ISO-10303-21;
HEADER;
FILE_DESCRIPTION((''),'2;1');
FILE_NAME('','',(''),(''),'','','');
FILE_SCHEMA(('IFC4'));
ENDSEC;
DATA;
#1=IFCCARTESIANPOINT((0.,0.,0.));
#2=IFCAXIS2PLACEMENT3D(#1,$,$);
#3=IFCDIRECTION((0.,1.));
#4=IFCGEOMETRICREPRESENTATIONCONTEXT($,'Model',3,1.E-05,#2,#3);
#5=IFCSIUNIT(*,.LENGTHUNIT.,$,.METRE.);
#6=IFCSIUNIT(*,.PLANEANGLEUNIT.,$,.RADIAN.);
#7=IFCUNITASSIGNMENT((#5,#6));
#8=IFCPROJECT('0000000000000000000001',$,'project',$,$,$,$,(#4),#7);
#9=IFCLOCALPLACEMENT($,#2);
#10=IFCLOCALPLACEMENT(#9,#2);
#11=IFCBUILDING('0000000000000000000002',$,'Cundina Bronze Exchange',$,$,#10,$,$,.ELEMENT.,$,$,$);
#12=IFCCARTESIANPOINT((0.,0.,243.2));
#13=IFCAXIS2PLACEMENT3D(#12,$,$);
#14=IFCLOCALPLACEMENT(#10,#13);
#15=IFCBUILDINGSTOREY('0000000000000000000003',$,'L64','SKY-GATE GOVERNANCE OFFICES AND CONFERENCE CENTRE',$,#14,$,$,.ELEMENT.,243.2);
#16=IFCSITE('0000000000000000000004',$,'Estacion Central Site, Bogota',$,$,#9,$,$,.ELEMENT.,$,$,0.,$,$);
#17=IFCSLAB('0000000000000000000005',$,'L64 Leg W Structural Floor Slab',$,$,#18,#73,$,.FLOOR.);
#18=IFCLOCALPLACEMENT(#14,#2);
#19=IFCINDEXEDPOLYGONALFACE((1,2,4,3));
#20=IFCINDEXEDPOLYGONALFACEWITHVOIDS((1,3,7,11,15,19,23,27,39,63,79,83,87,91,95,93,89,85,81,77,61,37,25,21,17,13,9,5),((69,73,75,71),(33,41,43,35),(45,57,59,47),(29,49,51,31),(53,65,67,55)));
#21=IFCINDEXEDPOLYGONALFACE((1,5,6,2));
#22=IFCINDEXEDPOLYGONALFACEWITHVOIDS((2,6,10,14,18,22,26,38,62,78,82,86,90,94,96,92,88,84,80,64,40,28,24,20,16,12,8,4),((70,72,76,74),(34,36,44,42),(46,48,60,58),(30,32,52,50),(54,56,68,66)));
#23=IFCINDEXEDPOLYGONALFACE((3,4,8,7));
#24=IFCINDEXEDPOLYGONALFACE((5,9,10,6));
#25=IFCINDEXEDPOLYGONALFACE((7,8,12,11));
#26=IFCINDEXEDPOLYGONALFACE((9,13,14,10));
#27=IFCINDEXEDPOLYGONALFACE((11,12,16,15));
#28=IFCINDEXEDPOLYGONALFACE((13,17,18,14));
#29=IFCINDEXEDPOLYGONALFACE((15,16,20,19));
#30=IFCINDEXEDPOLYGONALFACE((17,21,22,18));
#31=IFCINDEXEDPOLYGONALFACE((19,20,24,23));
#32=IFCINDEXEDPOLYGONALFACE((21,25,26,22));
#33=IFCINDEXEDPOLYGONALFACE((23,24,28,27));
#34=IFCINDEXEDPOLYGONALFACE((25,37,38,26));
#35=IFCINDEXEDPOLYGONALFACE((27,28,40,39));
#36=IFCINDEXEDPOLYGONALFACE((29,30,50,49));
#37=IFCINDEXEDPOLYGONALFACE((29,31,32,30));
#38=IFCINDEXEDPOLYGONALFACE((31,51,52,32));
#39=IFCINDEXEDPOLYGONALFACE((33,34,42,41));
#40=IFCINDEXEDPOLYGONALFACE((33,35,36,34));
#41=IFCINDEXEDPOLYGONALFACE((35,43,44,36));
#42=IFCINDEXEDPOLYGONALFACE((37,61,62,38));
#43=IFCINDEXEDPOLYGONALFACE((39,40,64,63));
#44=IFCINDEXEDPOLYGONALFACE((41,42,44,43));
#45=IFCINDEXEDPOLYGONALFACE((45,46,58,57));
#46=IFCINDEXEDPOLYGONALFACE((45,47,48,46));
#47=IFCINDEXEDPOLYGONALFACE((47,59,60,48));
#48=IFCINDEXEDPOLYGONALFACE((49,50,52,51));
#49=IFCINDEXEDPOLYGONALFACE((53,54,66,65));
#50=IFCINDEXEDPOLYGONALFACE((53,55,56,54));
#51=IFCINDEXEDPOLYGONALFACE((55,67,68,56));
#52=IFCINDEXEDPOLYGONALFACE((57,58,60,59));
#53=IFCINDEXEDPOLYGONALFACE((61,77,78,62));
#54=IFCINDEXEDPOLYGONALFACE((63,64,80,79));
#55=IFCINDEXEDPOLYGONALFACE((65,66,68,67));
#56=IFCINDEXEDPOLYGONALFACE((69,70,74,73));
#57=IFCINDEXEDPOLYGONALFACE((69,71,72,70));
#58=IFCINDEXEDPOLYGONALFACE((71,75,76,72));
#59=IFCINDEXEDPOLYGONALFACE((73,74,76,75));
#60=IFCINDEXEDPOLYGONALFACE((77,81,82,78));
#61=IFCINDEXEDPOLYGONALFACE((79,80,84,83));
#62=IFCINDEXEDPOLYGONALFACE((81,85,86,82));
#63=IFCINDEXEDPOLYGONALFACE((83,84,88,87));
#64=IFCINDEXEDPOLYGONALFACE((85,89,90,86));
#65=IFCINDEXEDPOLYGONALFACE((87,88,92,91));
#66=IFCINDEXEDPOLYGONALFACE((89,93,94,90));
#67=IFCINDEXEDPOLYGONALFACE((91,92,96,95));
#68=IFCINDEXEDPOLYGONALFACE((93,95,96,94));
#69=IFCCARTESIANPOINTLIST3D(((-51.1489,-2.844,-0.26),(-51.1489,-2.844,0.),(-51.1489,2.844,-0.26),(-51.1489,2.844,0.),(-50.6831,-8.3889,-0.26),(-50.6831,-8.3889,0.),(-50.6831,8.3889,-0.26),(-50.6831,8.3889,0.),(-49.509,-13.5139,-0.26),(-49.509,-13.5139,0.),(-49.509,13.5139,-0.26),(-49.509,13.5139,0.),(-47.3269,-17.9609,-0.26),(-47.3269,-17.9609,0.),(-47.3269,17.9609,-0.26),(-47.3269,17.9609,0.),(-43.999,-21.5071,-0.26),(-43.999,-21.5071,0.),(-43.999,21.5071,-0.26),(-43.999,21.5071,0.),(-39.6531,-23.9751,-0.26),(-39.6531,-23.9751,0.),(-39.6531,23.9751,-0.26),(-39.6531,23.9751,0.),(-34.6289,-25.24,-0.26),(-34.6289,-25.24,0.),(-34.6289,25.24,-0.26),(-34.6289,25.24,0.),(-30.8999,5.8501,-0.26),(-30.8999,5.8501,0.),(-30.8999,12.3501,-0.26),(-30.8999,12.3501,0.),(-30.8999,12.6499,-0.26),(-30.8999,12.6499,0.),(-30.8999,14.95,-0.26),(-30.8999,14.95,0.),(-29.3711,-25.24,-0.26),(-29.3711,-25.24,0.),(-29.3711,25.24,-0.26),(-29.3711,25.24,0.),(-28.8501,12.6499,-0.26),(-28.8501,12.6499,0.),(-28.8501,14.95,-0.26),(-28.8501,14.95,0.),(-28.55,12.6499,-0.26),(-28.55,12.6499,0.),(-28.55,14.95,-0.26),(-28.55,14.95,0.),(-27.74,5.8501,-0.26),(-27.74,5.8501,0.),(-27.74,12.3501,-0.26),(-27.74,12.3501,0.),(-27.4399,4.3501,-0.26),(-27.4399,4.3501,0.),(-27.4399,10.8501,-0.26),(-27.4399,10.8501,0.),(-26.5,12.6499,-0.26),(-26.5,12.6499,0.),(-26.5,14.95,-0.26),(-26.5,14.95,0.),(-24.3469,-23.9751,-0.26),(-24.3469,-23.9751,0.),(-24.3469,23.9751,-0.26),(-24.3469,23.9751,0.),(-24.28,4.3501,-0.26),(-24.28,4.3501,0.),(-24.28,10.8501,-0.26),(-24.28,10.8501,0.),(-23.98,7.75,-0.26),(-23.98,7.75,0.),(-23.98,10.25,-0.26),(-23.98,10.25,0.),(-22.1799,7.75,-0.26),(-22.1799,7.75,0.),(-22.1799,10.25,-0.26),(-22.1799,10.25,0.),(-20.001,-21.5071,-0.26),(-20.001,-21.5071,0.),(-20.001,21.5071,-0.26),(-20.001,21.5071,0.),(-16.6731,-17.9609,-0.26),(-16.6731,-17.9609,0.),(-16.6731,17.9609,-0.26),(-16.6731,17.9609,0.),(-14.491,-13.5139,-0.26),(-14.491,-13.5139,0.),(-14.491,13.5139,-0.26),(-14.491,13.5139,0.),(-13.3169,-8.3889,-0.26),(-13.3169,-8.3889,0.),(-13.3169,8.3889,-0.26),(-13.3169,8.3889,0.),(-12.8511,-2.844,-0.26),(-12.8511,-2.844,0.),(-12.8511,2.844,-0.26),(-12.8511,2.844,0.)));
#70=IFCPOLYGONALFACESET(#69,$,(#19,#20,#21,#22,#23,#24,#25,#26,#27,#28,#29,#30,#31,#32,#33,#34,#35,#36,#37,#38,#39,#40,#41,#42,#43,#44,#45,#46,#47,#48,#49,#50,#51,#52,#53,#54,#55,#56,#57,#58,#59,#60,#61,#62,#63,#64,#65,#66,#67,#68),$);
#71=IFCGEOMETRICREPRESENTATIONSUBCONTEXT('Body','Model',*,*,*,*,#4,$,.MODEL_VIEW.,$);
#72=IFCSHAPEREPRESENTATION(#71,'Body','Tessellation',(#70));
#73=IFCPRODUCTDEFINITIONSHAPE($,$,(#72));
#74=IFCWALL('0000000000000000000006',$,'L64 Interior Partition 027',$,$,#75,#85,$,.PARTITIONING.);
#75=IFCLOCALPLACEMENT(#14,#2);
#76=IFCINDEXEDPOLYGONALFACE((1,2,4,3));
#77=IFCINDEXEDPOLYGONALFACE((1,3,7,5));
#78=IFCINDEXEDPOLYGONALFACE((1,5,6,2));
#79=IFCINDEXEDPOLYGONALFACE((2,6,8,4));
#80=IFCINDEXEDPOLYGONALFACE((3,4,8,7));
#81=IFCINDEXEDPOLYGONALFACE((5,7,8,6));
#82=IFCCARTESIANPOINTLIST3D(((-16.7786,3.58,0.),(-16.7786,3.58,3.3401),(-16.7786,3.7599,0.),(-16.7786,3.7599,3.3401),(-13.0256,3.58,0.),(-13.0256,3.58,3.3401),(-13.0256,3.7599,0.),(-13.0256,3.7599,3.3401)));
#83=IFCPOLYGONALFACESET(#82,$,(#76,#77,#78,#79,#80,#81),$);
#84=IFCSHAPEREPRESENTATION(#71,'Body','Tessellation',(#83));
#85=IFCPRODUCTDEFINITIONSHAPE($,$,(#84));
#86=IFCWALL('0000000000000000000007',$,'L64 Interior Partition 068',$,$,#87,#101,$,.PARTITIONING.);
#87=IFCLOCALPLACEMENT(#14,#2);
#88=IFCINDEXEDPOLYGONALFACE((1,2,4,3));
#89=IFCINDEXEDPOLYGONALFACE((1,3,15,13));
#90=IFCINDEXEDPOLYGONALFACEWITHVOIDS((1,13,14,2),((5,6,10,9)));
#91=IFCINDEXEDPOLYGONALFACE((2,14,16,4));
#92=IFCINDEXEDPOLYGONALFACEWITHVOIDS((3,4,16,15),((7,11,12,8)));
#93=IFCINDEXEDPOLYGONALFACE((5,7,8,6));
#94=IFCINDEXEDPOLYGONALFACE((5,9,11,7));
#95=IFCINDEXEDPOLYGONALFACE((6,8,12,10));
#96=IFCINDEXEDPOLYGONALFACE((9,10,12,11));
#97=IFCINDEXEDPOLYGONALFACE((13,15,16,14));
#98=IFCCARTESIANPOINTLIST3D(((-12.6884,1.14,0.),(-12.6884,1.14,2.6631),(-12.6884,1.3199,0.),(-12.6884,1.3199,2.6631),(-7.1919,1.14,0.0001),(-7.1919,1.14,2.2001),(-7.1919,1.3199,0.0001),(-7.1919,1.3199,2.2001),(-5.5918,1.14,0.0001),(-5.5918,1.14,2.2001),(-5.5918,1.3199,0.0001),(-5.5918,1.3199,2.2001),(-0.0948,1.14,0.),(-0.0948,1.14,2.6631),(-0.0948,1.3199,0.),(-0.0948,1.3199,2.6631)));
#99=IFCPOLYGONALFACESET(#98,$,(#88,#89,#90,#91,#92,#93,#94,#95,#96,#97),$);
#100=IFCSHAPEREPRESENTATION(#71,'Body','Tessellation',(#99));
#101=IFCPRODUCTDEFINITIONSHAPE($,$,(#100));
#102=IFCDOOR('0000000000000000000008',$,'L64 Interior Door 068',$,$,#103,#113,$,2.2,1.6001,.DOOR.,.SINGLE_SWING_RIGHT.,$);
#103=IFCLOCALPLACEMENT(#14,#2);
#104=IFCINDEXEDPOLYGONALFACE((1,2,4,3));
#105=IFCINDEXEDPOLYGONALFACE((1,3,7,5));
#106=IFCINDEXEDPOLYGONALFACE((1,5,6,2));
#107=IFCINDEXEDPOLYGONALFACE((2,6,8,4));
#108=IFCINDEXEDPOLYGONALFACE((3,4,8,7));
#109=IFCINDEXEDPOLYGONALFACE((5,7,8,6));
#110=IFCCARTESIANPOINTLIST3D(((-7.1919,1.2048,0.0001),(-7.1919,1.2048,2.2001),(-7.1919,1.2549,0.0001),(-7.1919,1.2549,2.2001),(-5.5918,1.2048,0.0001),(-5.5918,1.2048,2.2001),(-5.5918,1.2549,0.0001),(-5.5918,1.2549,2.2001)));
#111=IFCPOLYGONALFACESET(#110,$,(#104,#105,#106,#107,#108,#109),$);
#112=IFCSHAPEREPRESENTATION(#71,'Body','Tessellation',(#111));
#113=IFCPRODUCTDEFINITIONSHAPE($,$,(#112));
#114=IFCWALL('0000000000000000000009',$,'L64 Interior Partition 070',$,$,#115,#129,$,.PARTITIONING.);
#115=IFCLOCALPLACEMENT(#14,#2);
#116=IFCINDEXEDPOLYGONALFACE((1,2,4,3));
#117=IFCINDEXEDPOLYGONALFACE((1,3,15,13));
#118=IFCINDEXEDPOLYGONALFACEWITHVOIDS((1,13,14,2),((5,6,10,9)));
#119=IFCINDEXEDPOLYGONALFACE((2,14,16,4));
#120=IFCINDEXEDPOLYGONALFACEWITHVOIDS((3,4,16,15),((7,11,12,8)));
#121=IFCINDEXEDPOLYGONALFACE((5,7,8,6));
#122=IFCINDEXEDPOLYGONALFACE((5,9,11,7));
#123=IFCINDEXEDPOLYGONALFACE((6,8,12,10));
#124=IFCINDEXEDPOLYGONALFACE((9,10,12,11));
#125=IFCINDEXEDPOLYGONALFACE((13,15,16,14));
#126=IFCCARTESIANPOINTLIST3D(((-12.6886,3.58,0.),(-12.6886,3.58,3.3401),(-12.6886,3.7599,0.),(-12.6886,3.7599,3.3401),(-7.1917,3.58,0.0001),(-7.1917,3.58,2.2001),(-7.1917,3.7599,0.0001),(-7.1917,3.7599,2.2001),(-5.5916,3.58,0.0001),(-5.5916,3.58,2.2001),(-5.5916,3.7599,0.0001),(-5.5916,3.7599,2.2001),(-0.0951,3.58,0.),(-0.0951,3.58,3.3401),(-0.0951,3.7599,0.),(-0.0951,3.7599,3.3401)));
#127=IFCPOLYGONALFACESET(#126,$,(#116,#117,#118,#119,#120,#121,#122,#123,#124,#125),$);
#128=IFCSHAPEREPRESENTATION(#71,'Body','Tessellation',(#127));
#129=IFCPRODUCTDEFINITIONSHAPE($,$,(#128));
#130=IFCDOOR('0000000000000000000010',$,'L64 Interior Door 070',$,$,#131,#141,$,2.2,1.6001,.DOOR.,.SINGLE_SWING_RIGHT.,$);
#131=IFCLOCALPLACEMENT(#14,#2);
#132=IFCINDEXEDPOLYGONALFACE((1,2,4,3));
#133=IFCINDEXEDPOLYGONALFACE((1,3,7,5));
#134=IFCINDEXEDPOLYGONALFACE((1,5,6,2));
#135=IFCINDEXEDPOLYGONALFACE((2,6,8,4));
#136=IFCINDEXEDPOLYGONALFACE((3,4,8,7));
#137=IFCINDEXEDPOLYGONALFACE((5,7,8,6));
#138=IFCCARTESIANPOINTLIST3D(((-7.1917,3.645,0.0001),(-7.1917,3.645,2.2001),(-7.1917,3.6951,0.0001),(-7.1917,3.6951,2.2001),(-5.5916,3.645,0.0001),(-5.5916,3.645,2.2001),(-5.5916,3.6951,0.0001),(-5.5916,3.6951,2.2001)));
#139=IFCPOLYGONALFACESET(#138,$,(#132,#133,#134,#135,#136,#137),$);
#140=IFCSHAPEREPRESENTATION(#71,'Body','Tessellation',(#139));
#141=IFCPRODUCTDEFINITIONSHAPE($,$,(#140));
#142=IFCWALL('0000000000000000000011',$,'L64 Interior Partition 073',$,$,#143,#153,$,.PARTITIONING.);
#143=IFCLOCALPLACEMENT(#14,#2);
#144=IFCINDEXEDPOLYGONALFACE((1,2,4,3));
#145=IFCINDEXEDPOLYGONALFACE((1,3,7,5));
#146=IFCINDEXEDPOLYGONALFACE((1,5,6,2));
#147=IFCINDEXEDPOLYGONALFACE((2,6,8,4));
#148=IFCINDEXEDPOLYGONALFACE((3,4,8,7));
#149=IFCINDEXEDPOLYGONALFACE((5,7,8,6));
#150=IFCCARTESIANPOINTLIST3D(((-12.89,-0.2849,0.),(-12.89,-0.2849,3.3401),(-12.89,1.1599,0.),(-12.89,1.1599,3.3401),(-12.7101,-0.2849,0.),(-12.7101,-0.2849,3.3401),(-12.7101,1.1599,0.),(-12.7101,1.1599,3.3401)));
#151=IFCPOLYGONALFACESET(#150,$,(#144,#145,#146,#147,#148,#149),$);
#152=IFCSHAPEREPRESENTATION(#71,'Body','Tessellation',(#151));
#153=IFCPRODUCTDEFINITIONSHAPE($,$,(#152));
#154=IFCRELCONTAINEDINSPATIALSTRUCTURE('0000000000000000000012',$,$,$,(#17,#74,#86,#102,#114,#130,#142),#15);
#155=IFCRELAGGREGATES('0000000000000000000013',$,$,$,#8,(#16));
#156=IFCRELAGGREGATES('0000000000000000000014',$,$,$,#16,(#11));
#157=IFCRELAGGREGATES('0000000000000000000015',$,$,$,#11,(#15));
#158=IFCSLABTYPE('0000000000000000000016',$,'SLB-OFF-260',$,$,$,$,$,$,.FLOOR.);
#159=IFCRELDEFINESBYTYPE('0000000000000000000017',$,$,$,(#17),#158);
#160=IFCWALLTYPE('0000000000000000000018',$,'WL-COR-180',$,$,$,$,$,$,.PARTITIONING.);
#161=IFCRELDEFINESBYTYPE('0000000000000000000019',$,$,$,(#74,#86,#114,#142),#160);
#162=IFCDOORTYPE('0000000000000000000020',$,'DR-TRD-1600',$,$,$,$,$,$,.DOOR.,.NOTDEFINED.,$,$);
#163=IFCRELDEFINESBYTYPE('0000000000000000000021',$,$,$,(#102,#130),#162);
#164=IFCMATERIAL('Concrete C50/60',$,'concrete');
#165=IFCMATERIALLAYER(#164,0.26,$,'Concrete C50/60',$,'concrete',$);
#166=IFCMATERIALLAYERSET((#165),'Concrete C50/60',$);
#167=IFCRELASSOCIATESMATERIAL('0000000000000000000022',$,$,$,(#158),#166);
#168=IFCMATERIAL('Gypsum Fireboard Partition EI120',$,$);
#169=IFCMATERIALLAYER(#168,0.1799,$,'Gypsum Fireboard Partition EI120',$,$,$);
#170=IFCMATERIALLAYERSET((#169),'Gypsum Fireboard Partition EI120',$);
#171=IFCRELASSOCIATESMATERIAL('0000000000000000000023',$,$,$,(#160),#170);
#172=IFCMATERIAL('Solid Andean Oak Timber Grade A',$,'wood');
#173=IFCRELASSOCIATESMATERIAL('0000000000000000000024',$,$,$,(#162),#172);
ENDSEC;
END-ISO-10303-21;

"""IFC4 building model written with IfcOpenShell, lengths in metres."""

from ifc_helpers import new_model, si_unit, direction, frame, frame_2d, origin, place, context, subcontext, project, spatial, polyline, rectangle, outline, extrude, material, layer, layer_set, type_object, element, fill, save


model = new_model("IFC4")

# Units and contexts
model_context = context("Model", 3, precision=1e-05, world=origin(), true_north=direction((0.0, 1.0)))
body_context = subcontext(model_context, "Body", "Model", "MODEL_VIEW")
ifc_project = project(units=[si_unit("LENGTHUNIT", "METRE"), si_unit("PLANEANGLEUNIT", "RADIAN")], contexts=[model_context])

# Site, building, storey
site_placement = place(None, origin())
site = spatial("IfcSite", under=ifc_project, at=site_placement, Name="Estacion Central Site, Bogota", CompositionType="ELEMENT", RefElevation=0.0)
building_placement = place(site_placement, origin())
building = spatial("IfcBuilding", under=site, at=building_placement, Name="Cundina Bronze Exchange", CompositionType="ELEMENT")
storey_placement = place(building_placement, frame((0.0, 0.0, 243.2)))
storey = spatial("IfcBuildingStorey", under=building, at=storey_placement, Name="L64", Description="SKY-GATE GOVERNANCE OFFICES AND CONFERENCE CENTRE", CompositionType="ELEMENT", Elevation=243.2)

# Shared definitions
ifc_material_1 = material(Name="Concrete C50/60", Category="concrete")

# Slab
ifc_layer_1 = layer(ifc_material_1, 0.26, Name="Concrete C50/60", Category="concrete")
ifc_layer_set_1 = layer_set([ifc_layer_1], Name="Concrete C50/60")
slab_type = type_object("IfcSlabType", Name="SLB-OFF-260", PredefinedType="FLOOR", material=ifc_layer_set_1)
slab_placement = place(storey_placement, frame((0.0, 0.0, -0.26)))
element("IfcSlab", 1, at=slab_placement, inside=storey, type_object=slab_type, Name="L64 Leg W Structural Floor Slab", PredefinedType="FLOOR", context=body_context, shape_type="SweptSolid", body=[
    extrude(outline(polyline([(-12.8511, 2.844), (-13.3169, 8.3889), (-14.491, 13.5139), (-16.6731, 17.9609), (-20.001, 21.5071), (-24.3469, 23.9751), (-29.3711, 25.24), (-34.6289, 25.24), (-39.6531, 23.9751), (-43.999, 21.5071), (-47.3269, 17.9609), (-49.509, 13.5139), (-50.6831, 8.3889), (-51.1489, 2.844), (-51.1489, -2.844), (-50.6831, -8.3889), (-49.509, -13.5139), (-47.3269, -17.9609), (-43.999, -21.5071), (-39.6531, -23.9751), (-34.6289, -25.24), (-29.3711, -25.24), (-24.3469, -23.9751), (-20.001, -21.5071), (-16.6731, -17.9609), (-14.491, -13.5139), (-13.3169, -8.3889), (-12.8511, -2.844), (-12.8511, 2.844)]), holes=[polyline([(-27.74, 5.8501), (-27.74, 12.3501), (-30.8999, 12.3501), (-30.8999, 5.8501), (-27.74, 5.8501)]), polyline([(-27.4399, 10.8501), (-27.4399, 4.3501), (-24.28, 4.3501), (-24.28, 10.8501), (-27.4399, 10.8501)]), polyline([(-23.98, 10.25), (-22.1799, 10.25), (-22.1799, 7.75), (-23.98, 7.75), (-23.98, 10.25)]), polyline([(-30.8999, 14.95), (-28.8501, 14.95), (-28.8501, 12.6499), (-30.8999, 12.6499), (-30.8999, 14.95)]), polyline([(-28.55, 14.95), (-26.5, 14.95), (-26.5, 12.6499), (-28.55, 12.6499), (-28.55, 14.95)])]), origin(), (0.0, 0.0, 1.0), 0.26),
])

# Wall
ifc_material_2 = material(Name="Gypsum Fireboard Partition EI120")
ifc_layer_2 = layer(ifc_material_2, 0.1799, Name="Gypsum Fireboard Partition EI120")
ifc_layer_set_2 = layer_set([ifc_layer_2], Name="Gypsum Fireboard Partition EI120")
wall_type = type_object("IfcWallType", Name="WL-COR-180", PredefinedType="PARTITIONING", material=ifc_layer_set_2)
wall_1_placement = place(storey_placement, frame((-13.0256, 3.6699, 0.0), z_axis=(0.0, 0.0, 1.0), x_axis=(-1.0, 0.0, 0.0)))
element("IfcWall", 2, at=wall_1_placement, inside=storey, type_object=wall_type, Name="L64 Interior Partition 027", PredefinedType="PARTITIONING", context=body_context, shape_type="SweptSolid", body=[
    extrude(rectangle(XDim=3.7529, YDim=0.1799, at=frame_2d((1.8765, 0.0))), origin(), (0.0, 0.0, 1.0), 3.3401),
])

# Walls, openings, doors
wall_2_placement = place(storey_placement, frame((-12.6885, 1.23, 0.0), z_axis=(0.0, 0.0, 1.0), x_axis=(1.0, 0.0, 0.0)))
wall_2 = element("IfcWall", 3, at=wall_2_placement, inside=storey, type_object=wall_type, Name="L64 Interior Partition 068", PredefinedType="PARTITIONING", context=body_context, shape_type="SweptSolid", body=[
    extrude(rectangle(XDim=12.5935, YDim=0.1799, at=frame_2d((6.2969, 0.0))), origin(), (0.0, 0.0, 1.0), 2.6631),
])
opening_1_placement = place(wall_2_placement, frame((5.4966, 0.0, 0.0)))
opening_1 = element("IfcOpeningElement", 4, at=opening_1_placement, cuts=wall_2, PredefinedType="OPENING", context=body_context, shape_type="SweptSolid", body=[
    extrude(rectangle(XDim=1.6001, YDim=2.2, at=frame_2d((0.8, 1.1001))), frame((0.0, 0.0999, 0.0), z_axis=(0.0, -1.0, 0.0), x_axis=(1.0, 0.0, 0.0)), (0.0, 0.0, 1.0), 0.2),
])
ifc_material_3 = material(Name="Solid Andean Oak Timber Grade A", Category="wood")
door_type_1 = type_object("IfcDoorType", Name="DR-TRD-1600", OperationType="NOTDEFINED", PredefinedType="DOOR", material=ifc_material_3)
door_1_placement = place(opening_1_placement, origin())
door_1 = element("IfcDoor", 5, at=door_1_placement, inside=storey, type_object=door_type_1, Name="L64 Interior Door 068", OperationType="SINGLE_SWING_RIGHT", OverallHeight=2.2, OverallWidth=1.6001, PredefinedType="DOOR", context=body_context, shape_type="SweptSolid", body=[
    extrude(rectangle(XDim=1.6001, YDim=2.2, at=frame_2d((0.8, 1.1001))), frame((0.0, 0.0249, 0.0), z_axis=(0.0, -1.0, 0.0), x_axis=(1.0, 0.0, 0.0)), (0.0, 0.0, 1.0), 0.05),
])
fill(opening_1, door_1)
wall_3_placement = place(storey_placement, frame((-0.095, 3.6699, 0.0), z_axis=(0.0, 0.0, 1.0), x_axis=(-1.0, 0.0, 0.0)))
wall_3 = element("IfcWall", 6, at=wall_3_placement, inside=storey, type_object=wall_type, Name="L64 Interior Partition 070", PredefinedType="PARTITIONING", context=body_context, shape_type="SweptSolid", body=[
    extrude(rectangle(XDim=12.5935, YDim=0.1799, at=frame_2d((6.2969, 0.0))), origin(), (0.0, 0.0, 1.0), 3.3401),
])
opening_2_placement = place(wall_3_placement, frame((5.4966, 0.0, 0.0)))
opening_2 = element("IfcOpeningElement", 7, at=opening_2_placement, cuts=wall_3, PredefinedType="OPENING", context=body_context, shape_type="SweptSolid", body=[
    extrude(rectangle(XDim=1.6001, YDim=2.2, at=frame_2d((0.8, 1.1001))), frame((0.0, 0.0999, 0.0), z_axis=(0.0, -1.0, 0.0), x_axis=(1.0, 0.0, 0.0)), (0.0, 0.0, 1.0), 0.2),
])
door_2_placement = place(opening_2_placement, origin())
door_2 = element("IfcDoor", 8, at=door_2_placement, inside=storey, type_object=door_type_1, Name="L64 Interior Door 070", OperationType="SINGLE_SWING_RIGHT", OverallHeight=2.2, OverallWidth=1.6001, PredefinedType="DOOR", context=body_context, shape_type="SweptSolid", body=[
    extrude(rectangle(XDim=1.6001, YDim=2.2, at=frame_2d((0.8, 1.1001))), frame((0.0, 0.0249, 0.0), z_axis=(0.0, -1.0, 0.0), x_axis=(1.0, 0.0, 0.0)), (0.0, 0.0, 1.0), 0.05),
])
fill(opening_2, door_2)

# Wall
wall_4_placement = place(storey_placement, frame((-12.8, -0.2849, 0.0), z_axis=(0.0, 0.0, 1.0), x_axis=(0.0, 1.0, 0.0)))
element("IfcWall", 9, at=wall_4_placement, inside=storey, type_object=wall_type, Name="L64 Interior Partition 073", PredefinedType="PARTITIONING", context=body_context, shape_type="SweptSolid", body=[
    extrude(rectangle(XDim=1.4448, YDim=0.1799, at=frame_2d((0.7224, 0.0))), origin(), (0.0, 0.0, 1.0), 3.3401),
])

save(model, "model.ifc")
